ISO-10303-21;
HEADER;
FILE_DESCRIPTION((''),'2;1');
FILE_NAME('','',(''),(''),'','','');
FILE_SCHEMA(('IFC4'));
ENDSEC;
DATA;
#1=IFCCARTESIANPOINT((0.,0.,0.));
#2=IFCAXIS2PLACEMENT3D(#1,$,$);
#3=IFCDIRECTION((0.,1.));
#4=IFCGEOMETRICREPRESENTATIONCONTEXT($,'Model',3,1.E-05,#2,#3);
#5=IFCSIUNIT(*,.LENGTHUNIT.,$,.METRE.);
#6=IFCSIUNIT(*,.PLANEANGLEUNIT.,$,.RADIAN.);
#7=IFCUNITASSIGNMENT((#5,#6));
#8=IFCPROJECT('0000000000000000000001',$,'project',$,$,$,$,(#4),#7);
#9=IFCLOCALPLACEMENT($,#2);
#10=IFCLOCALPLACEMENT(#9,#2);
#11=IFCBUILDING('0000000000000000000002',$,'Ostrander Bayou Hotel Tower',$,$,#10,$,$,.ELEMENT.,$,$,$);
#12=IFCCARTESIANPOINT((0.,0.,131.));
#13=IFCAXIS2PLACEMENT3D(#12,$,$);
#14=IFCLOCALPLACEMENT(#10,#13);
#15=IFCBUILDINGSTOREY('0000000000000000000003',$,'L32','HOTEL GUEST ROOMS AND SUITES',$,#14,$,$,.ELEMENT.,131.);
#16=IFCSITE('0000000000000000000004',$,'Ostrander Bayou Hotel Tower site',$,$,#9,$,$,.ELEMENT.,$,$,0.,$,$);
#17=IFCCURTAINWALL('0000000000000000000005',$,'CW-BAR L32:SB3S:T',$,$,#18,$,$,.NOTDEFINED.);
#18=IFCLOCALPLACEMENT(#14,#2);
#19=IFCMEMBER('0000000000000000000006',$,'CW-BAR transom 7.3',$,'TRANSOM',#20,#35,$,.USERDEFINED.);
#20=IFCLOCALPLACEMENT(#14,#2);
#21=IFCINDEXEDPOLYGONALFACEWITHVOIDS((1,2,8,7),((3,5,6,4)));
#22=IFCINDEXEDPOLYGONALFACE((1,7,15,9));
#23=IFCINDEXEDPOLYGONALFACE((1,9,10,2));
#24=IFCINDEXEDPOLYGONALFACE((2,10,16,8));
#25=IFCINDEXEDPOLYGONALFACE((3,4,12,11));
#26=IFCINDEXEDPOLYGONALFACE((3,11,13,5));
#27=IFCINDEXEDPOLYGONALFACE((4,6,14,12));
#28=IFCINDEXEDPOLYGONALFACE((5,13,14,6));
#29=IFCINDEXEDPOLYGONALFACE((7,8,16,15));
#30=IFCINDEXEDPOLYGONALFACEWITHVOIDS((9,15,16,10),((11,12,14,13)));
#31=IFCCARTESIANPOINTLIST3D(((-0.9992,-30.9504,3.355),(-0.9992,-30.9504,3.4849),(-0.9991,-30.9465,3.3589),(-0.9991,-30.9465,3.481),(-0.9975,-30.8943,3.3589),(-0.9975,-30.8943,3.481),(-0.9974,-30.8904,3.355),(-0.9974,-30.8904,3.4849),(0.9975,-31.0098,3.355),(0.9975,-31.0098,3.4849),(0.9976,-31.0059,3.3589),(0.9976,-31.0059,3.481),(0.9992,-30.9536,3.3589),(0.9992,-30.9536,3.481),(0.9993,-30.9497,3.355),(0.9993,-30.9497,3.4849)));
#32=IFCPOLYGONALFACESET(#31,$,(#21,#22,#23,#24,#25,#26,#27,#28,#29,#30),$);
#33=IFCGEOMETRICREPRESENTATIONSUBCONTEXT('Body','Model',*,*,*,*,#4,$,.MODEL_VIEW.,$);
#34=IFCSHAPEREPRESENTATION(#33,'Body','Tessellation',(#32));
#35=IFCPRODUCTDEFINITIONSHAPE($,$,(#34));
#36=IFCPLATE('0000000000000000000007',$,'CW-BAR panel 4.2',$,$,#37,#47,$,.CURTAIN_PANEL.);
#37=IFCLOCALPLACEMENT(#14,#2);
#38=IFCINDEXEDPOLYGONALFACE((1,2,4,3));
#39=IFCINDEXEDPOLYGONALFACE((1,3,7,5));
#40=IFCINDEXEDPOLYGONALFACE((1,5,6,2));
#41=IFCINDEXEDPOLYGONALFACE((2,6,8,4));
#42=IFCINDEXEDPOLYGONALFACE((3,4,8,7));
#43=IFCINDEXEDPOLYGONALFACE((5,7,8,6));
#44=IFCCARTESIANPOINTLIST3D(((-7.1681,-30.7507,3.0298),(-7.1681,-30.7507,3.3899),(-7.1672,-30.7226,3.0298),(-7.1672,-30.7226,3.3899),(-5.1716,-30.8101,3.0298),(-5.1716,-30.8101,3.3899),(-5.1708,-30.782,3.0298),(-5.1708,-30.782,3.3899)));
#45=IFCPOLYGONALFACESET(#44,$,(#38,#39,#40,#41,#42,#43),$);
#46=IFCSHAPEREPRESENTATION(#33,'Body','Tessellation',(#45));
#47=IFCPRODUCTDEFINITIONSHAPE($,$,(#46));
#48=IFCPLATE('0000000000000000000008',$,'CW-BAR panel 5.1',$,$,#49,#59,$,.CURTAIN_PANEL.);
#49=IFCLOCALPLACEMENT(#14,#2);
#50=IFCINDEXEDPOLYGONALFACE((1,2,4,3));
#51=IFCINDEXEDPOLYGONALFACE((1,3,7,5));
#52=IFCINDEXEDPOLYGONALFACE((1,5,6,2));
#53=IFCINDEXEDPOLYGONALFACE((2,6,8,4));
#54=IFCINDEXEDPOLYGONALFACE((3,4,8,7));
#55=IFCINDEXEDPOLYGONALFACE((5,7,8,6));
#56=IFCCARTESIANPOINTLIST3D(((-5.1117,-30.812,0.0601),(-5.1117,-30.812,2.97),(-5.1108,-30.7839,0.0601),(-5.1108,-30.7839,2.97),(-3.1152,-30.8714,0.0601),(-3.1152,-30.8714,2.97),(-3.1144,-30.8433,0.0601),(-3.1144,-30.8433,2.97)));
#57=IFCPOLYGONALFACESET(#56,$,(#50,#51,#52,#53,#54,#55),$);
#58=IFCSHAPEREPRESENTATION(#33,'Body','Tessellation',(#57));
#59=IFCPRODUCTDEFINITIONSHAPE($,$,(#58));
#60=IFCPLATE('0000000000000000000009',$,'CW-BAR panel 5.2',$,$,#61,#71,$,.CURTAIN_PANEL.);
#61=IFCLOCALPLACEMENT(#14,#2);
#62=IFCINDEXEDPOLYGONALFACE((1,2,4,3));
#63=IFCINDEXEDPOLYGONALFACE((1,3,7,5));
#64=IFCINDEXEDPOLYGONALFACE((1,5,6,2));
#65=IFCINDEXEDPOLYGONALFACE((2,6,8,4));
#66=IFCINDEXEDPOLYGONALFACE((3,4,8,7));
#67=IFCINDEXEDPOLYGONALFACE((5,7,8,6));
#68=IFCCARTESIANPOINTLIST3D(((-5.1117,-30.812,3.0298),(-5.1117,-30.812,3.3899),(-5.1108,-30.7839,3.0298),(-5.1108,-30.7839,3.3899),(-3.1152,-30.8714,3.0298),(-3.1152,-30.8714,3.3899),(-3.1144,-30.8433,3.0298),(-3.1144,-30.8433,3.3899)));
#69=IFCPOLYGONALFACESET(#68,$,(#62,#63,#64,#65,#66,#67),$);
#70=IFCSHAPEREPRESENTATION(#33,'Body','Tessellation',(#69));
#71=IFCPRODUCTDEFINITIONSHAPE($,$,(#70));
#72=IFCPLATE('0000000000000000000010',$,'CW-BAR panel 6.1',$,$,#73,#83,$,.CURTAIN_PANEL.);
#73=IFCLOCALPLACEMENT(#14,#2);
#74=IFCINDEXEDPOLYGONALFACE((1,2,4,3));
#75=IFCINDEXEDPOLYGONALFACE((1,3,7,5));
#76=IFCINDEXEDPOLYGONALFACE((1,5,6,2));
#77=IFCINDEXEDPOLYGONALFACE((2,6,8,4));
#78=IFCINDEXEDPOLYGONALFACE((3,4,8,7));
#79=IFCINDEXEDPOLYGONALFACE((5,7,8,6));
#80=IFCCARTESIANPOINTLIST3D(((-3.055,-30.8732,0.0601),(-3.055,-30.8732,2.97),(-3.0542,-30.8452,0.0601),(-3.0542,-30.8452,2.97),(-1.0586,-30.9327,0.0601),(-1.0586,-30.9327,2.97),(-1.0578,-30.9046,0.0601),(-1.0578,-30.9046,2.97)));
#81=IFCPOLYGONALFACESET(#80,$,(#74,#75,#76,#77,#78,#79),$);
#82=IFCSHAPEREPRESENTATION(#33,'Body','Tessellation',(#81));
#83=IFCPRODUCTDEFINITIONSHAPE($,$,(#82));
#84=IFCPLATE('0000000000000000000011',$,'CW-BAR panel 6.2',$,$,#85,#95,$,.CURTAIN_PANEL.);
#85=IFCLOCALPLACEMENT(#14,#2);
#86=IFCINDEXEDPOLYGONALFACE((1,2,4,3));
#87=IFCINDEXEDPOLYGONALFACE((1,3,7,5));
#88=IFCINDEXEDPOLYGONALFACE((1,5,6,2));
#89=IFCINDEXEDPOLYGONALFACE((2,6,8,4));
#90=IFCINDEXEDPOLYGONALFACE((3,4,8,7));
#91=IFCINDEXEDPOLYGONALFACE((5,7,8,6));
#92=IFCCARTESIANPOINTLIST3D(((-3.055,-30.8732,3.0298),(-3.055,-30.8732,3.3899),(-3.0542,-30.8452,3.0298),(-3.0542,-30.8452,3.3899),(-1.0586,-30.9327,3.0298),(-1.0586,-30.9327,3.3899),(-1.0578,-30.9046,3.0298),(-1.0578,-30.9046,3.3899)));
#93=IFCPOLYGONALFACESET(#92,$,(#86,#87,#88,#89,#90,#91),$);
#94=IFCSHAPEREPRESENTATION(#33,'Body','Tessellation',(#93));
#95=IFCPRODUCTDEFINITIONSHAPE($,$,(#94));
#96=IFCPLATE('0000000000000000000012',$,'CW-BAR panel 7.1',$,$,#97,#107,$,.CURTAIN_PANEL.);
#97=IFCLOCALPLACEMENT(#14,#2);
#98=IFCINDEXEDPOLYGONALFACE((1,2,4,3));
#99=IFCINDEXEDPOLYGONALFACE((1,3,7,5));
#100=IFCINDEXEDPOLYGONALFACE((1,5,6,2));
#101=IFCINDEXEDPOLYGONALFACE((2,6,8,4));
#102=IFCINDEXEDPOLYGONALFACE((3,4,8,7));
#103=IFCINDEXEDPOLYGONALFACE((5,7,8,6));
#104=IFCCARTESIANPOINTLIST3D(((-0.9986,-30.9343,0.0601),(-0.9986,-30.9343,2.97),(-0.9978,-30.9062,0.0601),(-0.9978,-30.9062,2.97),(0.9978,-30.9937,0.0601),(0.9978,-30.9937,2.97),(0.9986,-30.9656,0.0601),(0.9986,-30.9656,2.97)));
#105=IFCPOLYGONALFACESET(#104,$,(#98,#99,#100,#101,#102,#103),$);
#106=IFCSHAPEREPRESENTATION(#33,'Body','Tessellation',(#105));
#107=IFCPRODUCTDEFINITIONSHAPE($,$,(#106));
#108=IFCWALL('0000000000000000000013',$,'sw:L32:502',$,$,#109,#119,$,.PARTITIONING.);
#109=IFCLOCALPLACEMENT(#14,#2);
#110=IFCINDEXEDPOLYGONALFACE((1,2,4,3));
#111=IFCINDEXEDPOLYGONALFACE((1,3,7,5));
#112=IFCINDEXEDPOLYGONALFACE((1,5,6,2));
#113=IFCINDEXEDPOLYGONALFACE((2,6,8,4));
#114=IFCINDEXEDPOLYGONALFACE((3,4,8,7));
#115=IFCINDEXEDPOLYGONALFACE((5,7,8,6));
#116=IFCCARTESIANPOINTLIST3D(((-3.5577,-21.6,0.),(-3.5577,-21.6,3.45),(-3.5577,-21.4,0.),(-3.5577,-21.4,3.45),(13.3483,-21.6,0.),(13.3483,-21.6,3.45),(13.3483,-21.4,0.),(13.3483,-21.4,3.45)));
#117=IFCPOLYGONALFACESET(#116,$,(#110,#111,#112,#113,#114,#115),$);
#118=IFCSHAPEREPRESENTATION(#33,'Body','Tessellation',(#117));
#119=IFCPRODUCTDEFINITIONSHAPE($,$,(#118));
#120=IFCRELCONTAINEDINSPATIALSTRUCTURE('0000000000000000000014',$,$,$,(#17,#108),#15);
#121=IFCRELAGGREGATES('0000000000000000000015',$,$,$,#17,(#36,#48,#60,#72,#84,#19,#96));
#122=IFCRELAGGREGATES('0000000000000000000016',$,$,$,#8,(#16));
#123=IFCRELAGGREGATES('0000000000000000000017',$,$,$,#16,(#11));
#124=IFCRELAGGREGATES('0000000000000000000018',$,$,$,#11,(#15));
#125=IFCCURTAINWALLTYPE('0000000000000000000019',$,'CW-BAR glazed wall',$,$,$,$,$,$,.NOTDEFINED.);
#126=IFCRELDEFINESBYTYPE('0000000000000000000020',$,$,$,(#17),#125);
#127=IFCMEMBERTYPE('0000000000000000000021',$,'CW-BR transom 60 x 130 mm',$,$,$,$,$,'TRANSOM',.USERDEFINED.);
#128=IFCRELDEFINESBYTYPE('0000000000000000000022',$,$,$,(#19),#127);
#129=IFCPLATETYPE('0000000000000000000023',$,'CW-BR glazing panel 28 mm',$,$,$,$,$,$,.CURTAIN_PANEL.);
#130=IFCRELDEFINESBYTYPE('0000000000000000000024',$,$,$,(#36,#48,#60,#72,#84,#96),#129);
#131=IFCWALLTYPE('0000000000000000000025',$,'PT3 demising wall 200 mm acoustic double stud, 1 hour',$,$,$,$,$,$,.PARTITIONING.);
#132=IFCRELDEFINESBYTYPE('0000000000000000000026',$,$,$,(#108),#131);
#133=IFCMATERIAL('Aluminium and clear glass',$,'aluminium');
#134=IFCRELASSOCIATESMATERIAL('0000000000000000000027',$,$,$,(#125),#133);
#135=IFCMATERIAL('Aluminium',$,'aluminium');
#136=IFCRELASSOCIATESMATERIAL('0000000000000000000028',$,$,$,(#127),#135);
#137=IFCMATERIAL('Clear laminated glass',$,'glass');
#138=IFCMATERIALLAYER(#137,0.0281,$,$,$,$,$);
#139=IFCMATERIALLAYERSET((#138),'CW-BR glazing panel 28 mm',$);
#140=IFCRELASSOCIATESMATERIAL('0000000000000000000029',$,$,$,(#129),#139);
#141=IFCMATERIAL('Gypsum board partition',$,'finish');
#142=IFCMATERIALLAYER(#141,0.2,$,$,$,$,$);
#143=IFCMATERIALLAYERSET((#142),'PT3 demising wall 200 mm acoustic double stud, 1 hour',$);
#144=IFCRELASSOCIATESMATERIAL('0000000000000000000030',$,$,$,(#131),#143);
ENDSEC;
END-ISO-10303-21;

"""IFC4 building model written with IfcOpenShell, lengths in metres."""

from ifc_helpers import new_model, si_unit, direction, frame, frame_2d, origin, origin_2d, place, context, subcontext, project, spatial, rectangle, hollow_rectangle, extrude, material, layer, layer_set, material_profile, profile_set, type_object, element, aggregate, save


model = new_model("IFC4")

# Units and contexts
model_context = context("Model", 3, precision=1e-05, world=origin(), true_north=direction((0.0, 1.0)))
body_context = subcontext(model_context, "Body", "Model", "MODEL_VIEW")
ifc_project = project(units=[si_unit("LENGTHUNIT", "METRE"), si_unit("PLANEANGLEUNIT", "RADIAN")], contexts=[model_context])

# Site, building, storey
site_placement = place(None, origin())
site = spatial("IfcSite", under=ifc_project, at=site_placement, Name="Ostrander Bayou Hotel Tower site", CompositionType="ELEMENT", RefElevation=0.0)
building_placement = place(site_placement, origin())
building = spatial("IfcBuilding", under=site, at=building_placement, Name="Ostrander Bayou Hotel Tower", CompositionType="ELEMENT")
storey_placement = place(building_placement, frame((0.0, 0.0, 131.0)))
storey = spatial("IfcBuildingStorey", under=building, at=storey_placement, Name="L32", Description="HOTEL GUEST ROOMS AND SUITES", CompositionType="ELEMENT", Elevation=131.0)

# Curtain wall, member, plates
ifc_material_1 = material(Name="Aluminium and clear glass", Category="aluminium")
curtain_wall_type = type_object("IfcCurtainWallType", Name="CW-BAR glazed wall", PredefinedType="NOTDEFINED", material=ifc_material_1)
curtain_wall_placement = place(storey_placement, origin())
curtain_wall = element("IfcCurtainWall", 1, at=curtain_wall_placement, inside=storey, type_object=curtain_wall_type, Name="CW-BAR L32:SB3S:T", PredefinedType="NOTDEFINED")
ifc_material_2 = material(Name="Aluminium", Category="aluminium")
ifc_material_profile_1 = material_profile(ifc_material_2, hollow_rectangle(XDim=0.0601, YDim=0.1299, WallThickness=0.0039, at=origin_2d()))
ifc_profile_set_1 = profile_set([ifc_material_profile_1], Name="Aluminium")
member_type_1 = type_object("IfcMemberType", Name="CW-BR transom 60 x 130 mm", ElementType="TRANSOM", PredefinedType="USERDEFINED", material=ifc_profile_set_1)
member_1_placement = place(storey_placement, frame((-0.9983, -30.9204, 3.4199), z_axis=(0.999559, -0.029701, 0.0), x_axis=(0.029701, 0.999559, 0.0)))
member_1 = element("IfcMember", 2, at=member_1_placement, type_object=member_type_1, Name="CW-BAR transom 7.3", ObjectType="TRANSOM", PredefinedType="USERDEFINED", context=body_context, shape_type="SweptSolid", body=[
    extrude(hollow_rectangle(XDim=0.0601, YDim=0.1299, WallThickness=0.0039, at=origin_2d()), origin(), (0.0, 0.0, 1.0), 1.9976),
])
ifc_material_3 = material(Name="Clear laminated glass", Category="glass")
ifc_layer_1 = layer(ifc_material_3, 0.0281)
ifc_layer_set_1 = layer_set([ifc_layer_1], Name="CW-BR glazing panel 28 mm")
plate_type = type_object("IfcPlateType", Name="CW-BR glazing panel 28 mm", PredefinedType="CURTAIN_PANEL", material=ifc_layer_set_1)
plate_1_placement = place(storey_placement, frame((-6.1694, -30.7664, 3.0298), z_axis=(0.0, 0.0, 1.0), x_axis=(0.999557, -0.029746, 0.0)))
plate_1 = element("IfcPlate", 3, at=plate_1_placement, type_object=plate_type, Name="CW-BAR panel 4.2", PredefinedType="CURTAIN_PANEL", context=body_context, shape_type="SweptSolid", body=[
    extrude(rectangle(XDim=1.9973, YDim=0.0281, at=origin_2d()), origin(), (0.0, 0.0, 1.0), 0.3601),
])
plate_2_placement = place(storey_placement, frame((-4.113, -30.8276, 0.0601), z_axis=(0.0, 0.0, 1.0), x_axis=(0.999557, -0.029746, 0.0)))
plate_2 = element("IfcPlate", 4, at=plate_2_placement, type_object=plate_type, Name="CW-BAR panel 5.1", PredefinedType="CURTAIN_PANEL", context=body_context, shape_type="SweptSolid", body=[
    extrude(rectangle(XDim=1.9973, YDim=0.0281, at=origin_2d()), origin(), (0.0, 0.0, 1.0), 2.9099),
])
plate_3_placement = place(storey_placement, frame((-4.113, -30.8276, 3.0298), z_axis=(0.0, 0.0, 1.0), x_axis=(0.999557, -0.029746, 0.0)))
plate_3 = element("IfcPlate", 5, at=plate_3_placement, type_object=plate_type, Name="CW-BAR panel 5.2", PredefinedType="CURTAIN_PANEL", context=body_context, shape_type="SweptSolid", body=[
    extrude(rectangle(XDim=1.9973, YDim=0.0281, at=origin_2d()), origin(), (0.0, 0.0, 1.0), 0.3601),
])
plate_4_placement = place(storey_placement, frame((-2.0564, -30.8889, 0.0601), z_axis=(0.0, 0.0, 1.0), x_axis=(0.999557, -0.029746, 0.0)))
plate_4 = element("IfcPlate", 6, at=plate_4_placement, type_object=plate_type, Name="CW-BAR panel 6.1", PredefinedType="CURTAIN_PANEL", context=body_context, shape_type="SweptSolid", body=[
    extrude(rectangle(XDim=1.9973, YDim=0.0281, at=origin_2d()), origin(), (0.0, 0.0, 1.0), 2.9099),
])
plate_5_placement = place(storey_placement, frame((-2.0564, -30.8889, 3.0298), z_axis=(0.0, 0.0, 1.0), x_axis=(0.999557, -0.029746, 0.0)))
plate_5 = element("IfcPlate", 7, at=plate_5_placement, type_object=plate_type, Name="CW-BAR panel 6.2", PredefinedType="CURTAIN_PANEL", context=body_context, shape_type="SweptSolid", body=[
    extrude(rectangle(XDim=1.9973, YDim=0.0281, at=origin_2d()), origin(), (0.0, 0.0, 1.0), 0.3601),
])
plate_6_placement = place(storey_placement, frame((0.0, -30.95, 0.0601), z_axis=(0.0, 0.0, 1.0), x_axis=(0.999557, -0.029746, 0.0)))
plate_6 = element("IfcPlate", 8, at=plate_6_placement, type_object=plate_type, Name="CW-BAR panel 7.1", PredefinedType="CURTAIN_PANEL", context=body_context, shape_type="SweptSolid", body=[
    extrude(rectangle(XDim=1.9973, YDim=0.0281, at=origin_2d()), origin(), (0.0, 0.0, 1.0), 2.9099),
])
aggregate(curtain_wall, [plate_1, plate_2, plate_3, plate_4, plate_5, member_1, plate_6])

# Wall
ifc_material_4 = material(Name="Gypsum board partition", Category="finish")
ifc_layer_2 = layer(ifc_material_4, 0.2)
ifc_layer_set_2 = layer_set([ifc_layer_2], Name="PT3 demising wall 200 mm acoustic double stud, 1 hour")
wall_type = type_object("IfcWallType", Name="PT3 demising wall 200 mm acoustic double stud, 1 hour", PredefinedType="PARTITIONING", material=ifc_layer_set_2)
wall_1_placement = place(storey_placement, frame((-3.5579, -21.5, 0.0), z_axis=(0.0, 0.0, 1.0), x_axis=(1.0, 0.0, 0.0)))
element("IfcWall", 9, at=wall_1_placement, inside=storey, type_object=wall_type, Name="sw:L32:502", PredefinedType="PARTITIONING", context=body_context, shape_type="SweptSolid", body=[
    extrude(rectangle(XDim=16.906, YDim=0.2, at=frame_2d((8.4531, 0.0))), origin(), (0.0, 0.0, 1.0), 3.45),
])

save(model, "model.ifc")
